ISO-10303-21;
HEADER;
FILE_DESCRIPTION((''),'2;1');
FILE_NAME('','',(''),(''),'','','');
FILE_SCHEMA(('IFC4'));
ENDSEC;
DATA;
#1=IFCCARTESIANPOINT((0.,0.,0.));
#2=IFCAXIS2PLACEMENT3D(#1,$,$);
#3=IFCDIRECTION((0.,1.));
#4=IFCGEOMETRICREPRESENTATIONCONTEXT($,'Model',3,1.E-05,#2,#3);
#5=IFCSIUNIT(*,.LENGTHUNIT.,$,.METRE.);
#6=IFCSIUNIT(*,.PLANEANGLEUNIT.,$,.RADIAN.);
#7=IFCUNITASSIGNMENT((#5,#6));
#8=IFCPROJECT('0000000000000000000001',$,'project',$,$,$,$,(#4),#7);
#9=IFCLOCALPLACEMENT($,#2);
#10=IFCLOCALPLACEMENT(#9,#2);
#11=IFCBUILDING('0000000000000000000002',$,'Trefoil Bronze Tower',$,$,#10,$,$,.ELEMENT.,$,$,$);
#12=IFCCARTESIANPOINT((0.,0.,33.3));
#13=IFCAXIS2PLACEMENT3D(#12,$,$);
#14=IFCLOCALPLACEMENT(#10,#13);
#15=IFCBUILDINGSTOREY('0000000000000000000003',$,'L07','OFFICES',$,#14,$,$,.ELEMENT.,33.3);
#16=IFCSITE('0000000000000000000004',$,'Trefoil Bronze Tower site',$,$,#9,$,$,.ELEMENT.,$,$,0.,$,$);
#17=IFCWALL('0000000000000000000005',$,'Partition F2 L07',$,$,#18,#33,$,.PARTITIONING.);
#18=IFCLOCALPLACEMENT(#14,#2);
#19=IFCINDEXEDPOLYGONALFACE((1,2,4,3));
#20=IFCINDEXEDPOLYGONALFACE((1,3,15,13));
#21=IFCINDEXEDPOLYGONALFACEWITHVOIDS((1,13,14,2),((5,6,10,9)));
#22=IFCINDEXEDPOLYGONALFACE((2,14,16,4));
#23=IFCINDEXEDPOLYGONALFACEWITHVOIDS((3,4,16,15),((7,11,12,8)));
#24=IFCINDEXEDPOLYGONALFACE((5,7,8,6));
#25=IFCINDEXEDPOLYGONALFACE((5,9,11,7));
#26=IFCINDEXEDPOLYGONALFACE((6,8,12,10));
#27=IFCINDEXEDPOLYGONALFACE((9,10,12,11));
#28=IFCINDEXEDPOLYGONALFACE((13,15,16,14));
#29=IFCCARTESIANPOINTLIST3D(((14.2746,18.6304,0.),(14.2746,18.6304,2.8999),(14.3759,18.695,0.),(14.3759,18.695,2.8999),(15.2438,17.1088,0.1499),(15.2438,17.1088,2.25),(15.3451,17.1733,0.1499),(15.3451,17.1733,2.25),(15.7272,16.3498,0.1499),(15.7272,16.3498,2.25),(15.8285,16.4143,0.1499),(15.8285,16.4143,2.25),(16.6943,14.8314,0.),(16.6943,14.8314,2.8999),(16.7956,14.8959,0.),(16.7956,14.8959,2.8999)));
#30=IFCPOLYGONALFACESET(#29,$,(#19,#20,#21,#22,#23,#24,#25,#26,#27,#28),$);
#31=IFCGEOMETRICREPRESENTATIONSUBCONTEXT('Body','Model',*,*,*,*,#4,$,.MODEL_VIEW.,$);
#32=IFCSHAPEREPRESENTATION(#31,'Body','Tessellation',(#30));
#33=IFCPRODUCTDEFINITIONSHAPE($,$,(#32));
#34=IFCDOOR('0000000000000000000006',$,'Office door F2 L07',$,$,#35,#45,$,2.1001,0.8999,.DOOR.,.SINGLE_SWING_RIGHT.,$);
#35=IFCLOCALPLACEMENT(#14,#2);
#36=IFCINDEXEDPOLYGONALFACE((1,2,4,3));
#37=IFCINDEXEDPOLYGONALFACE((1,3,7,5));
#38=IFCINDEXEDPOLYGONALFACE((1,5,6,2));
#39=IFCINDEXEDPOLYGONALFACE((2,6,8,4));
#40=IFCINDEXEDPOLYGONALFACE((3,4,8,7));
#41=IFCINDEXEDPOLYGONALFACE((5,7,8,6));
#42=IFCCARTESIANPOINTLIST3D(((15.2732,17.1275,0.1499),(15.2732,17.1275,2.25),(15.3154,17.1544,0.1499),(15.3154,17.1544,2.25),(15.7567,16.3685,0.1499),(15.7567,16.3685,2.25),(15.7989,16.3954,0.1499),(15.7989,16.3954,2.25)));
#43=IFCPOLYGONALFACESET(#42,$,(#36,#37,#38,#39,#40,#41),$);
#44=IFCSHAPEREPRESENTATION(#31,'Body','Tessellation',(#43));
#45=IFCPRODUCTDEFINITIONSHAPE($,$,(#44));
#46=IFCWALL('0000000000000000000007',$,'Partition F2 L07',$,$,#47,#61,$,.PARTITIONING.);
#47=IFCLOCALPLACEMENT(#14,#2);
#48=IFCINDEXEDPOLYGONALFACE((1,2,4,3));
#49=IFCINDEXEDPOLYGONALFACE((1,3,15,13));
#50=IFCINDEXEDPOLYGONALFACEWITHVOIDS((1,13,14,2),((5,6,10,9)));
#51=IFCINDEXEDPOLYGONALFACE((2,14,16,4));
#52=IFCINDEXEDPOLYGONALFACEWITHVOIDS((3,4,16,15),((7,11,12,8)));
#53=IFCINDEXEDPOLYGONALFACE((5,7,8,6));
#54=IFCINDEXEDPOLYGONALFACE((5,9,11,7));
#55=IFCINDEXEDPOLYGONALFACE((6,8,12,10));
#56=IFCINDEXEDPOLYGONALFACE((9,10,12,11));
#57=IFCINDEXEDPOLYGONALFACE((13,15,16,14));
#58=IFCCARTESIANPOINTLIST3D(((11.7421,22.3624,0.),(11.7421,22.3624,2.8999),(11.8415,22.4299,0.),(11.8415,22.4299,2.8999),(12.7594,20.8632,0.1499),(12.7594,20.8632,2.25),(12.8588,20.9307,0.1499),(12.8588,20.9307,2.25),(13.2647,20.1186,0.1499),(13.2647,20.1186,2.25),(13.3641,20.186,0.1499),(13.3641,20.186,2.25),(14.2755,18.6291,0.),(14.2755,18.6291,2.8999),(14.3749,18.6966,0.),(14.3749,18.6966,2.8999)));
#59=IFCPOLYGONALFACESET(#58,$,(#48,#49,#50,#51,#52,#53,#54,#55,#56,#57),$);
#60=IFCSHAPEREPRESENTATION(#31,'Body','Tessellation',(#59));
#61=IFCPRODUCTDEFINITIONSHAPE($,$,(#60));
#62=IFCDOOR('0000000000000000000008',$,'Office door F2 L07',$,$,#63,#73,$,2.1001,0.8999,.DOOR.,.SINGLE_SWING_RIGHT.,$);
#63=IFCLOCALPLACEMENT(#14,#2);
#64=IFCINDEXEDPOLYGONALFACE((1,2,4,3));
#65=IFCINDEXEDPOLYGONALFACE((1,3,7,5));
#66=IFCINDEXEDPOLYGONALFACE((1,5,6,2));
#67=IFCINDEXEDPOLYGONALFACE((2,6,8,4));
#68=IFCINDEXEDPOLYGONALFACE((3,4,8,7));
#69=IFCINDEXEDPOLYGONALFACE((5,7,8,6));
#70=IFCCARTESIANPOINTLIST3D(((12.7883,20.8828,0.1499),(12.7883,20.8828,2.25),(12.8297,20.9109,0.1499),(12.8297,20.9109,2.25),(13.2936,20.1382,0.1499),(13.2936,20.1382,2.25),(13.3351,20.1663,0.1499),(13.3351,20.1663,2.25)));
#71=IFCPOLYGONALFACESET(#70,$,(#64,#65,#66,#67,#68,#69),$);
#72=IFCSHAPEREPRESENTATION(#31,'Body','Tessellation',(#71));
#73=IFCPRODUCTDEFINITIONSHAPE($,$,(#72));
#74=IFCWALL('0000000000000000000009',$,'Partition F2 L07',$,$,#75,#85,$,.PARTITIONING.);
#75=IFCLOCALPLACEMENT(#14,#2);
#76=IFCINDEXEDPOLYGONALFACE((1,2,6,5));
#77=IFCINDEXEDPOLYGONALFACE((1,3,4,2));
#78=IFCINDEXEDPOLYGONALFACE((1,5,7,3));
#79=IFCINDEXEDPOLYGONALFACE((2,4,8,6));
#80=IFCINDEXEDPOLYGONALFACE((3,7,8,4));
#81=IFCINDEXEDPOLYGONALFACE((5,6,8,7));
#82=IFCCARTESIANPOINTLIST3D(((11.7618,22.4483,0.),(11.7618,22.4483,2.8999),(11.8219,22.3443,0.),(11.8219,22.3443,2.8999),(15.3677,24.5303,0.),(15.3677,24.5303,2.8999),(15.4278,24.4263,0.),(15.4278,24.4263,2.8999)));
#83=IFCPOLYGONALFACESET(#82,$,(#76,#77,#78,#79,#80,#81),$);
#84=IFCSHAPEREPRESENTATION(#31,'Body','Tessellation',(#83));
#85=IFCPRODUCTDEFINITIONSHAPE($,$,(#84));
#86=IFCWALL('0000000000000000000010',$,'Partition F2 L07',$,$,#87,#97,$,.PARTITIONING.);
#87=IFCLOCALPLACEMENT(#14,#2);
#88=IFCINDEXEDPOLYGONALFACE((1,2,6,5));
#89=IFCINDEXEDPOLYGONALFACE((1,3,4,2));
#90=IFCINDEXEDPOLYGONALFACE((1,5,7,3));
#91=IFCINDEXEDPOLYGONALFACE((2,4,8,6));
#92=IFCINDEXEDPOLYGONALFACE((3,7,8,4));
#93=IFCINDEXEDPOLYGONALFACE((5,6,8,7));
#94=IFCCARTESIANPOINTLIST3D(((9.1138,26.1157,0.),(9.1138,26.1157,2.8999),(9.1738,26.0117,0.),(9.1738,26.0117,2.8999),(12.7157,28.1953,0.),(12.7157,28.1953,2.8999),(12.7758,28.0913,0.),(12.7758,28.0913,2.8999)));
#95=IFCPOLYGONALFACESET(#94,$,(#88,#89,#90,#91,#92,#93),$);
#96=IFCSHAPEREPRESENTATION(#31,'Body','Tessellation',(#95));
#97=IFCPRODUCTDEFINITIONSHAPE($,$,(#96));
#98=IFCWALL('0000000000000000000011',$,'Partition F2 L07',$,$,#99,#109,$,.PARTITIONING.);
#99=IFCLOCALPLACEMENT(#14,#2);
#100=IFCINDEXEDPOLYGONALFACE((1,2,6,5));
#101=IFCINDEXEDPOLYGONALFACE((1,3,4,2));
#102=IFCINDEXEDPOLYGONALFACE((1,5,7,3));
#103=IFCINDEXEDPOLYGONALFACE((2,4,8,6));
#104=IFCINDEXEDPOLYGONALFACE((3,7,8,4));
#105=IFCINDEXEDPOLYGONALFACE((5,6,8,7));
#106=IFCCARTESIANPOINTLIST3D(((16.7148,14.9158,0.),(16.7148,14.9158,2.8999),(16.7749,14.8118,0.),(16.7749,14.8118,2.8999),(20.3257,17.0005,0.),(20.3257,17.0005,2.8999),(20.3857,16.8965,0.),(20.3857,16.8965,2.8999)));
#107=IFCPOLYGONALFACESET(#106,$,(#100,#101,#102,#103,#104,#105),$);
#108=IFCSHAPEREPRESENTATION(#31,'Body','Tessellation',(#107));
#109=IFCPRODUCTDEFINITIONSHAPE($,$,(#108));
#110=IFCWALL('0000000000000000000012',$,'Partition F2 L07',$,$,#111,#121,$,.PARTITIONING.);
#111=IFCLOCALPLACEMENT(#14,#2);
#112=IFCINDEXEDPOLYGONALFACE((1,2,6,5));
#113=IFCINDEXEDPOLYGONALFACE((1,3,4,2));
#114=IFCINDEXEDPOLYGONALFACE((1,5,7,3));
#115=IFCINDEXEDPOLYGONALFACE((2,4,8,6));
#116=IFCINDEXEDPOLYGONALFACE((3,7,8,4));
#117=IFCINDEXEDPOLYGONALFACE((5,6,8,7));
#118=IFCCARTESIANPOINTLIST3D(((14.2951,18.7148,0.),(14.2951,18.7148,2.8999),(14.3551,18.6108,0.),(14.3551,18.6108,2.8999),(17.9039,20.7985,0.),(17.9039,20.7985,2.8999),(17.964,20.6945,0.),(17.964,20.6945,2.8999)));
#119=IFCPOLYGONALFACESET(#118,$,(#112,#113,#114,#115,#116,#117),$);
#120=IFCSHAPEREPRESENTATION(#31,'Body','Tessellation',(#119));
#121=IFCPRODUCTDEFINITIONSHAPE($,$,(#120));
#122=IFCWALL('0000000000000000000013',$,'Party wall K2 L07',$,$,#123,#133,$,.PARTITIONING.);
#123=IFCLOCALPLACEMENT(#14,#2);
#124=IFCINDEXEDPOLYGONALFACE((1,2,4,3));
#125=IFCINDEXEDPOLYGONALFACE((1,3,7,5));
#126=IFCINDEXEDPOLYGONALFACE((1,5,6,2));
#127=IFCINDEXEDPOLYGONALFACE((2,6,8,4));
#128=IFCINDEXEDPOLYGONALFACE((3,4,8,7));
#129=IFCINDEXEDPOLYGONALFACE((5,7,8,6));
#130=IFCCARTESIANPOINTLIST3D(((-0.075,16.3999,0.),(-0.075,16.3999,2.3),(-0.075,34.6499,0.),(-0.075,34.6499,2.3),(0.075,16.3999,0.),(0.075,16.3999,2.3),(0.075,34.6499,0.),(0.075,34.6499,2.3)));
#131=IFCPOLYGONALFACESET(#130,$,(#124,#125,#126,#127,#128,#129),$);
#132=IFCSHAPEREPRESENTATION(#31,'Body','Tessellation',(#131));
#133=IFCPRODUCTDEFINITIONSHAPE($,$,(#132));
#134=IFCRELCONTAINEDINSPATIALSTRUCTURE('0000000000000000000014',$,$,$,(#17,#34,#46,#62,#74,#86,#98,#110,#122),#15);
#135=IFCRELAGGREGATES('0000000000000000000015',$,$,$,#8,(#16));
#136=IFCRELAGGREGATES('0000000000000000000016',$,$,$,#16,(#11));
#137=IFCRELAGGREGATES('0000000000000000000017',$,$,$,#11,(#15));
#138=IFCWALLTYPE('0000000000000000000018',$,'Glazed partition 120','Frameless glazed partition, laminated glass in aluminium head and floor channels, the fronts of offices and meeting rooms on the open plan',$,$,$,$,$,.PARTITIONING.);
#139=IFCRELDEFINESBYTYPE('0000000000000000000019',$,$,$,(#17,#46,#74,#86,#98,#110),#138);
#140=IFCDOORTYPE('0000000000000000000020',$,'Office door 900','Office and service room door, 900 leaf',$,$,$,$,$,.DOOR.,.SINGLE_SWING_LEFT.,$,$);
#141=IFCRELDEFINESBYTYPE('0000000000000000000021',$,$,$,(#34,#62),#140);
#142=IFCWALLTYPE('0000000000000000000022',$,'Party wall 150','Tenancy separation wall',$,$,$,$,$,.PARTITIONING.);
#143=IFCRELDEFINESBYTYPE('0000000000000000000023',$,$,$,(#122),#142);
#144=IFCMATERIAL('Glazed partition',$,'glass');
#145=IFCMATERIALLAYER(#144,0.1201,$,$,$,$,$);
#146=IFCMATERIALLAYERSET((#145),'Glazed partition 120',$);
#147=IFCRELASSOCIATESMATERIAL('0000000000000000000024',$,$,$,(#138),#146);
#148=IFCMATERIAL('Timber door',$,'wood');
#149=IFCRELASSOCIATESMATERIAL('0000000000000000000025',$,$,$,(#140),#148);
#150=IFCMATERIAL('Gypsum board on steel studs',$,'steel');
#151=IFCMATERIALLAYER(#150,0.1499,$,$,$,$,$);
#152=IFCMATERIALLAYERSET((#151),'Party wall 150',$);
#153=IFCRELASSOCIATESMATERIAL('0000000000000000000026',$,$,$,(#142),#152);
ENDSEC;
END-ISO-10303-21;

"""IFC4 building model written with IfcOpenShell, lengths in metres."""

from ifc_helpers import new_model, si_unit, direction, frame, frame_2d, origin, place, context, subcontext, project, spatial, rectangle, extrude, material, layer, layer_set, type_object, element, fill, save


model = new_model("IFC4")

# Units and contexts
model_context = context("Model", 3, precision=1e-05, world=origin(), true_north=direction((0.0, 1.0)))
body_context = subcontext(model_context, "Body", "Model", "MODEL_VIEW")
ifc_project = project(units=[si_unit("LENGTHUNIT", "METRE"), si_unit("PLANEANGLEUNIT", "RADIAN")], contexts=[model_context])

# Site, building, storey
site_placement = place(None, origin())
site = spatial("IfcSite", under=ifc_project, at=site_placement, Name="Trefoil Bronze Tower site", CompositionType="ELEMENT", RefElevation=0.0)
building_placement = place(site_placement, origin())
building = spatial("IfcBuilding", under=site, at=building_placement, Name="Trefoil Bronze Tower", CompositionType="ELEMENT")
storey_placement = place(building_placement, frame((0.0, 0.0, 33.3)))
storey = spatial("IfcBuildingStorey", under=building, at=storey_placement, Name="L07", Description="OFFICES", CompositionType="ELEMENT", Elevation=33.3)

# Shared definitions
ifc_material_1 = material(Name="Glazed partition", Category="glass")
ifc_layer_1 = layer(ifc_material_1, 0.1201)
ifc_layer_set_1 = layer_set([ifc_layer_1], Name="Glazed partition 120")
wall_type_1 = type_object("IfcWallType", Name="Glazed partition 120", Description="Frameless glazed partition, laminated glass in aluminium head and floor channels, the fronts of offices and meeting rooms on the open plan", PredefinedType="PARTITIONING", material=ifc_layer_set_1)

# Walls, openings, doors
ifc_material_2 = material(Name="Timber door", Category="wood")
door_type = type_object("IfcDoorType", Name="Office door 900", Description="Office and service room door, 900 leaf", OperationType="SINGLE_SWING_LEFT", PredefinedType="DOOR", material=ifc_material_2)
wall_1_placement = place(storey_placement, frame((16.7449, 14.8638, 0.0), z_axis=(0.0, 0.0, 1.0), x_axis=(-0.537205, 0.843452, 0.0)))
wall_1 = element("IfcWall", 1, at=wall_1_placement, inside=storey, type_object=wall_type_1, Name="Partition F2 L07", PredefinedType="PARTITIONING", context=body_context, shape_type="SweptSolid", body=[
    extrude(rectangle(XDim=4.5042, YDim=0.1201, at=frame_2d((2.252, 0.0))), origin(), (0.0, 0.0, 1.0), 2.8999),
])
opening_1_placement = place(wall_1_placement, frame((1.8, 0.0, 0.1499)))
opening_1 = element("IfcOpeningElement", 2, at=opening_1_placement, cuts=wall_1, PredefinedType="OPENING", context=body_context, shape_type="SweptSolid", body=[
    extrude(rectangle(XDim=0.8999, YDim=2.1001, at=frame_2d((0.45, 1.05))), frame((0.0, 0.0701, 0.0), z_axis=(0.0, -1.0, 0.0), x_axis=(1.0, 0.0, 0.0)), (0.0, 0.0, 1.0), 0.1401),
])
door_1_placement = place(opening_1_placement, frame((0.8999, 0.0, 0.0), z_axis=(0.0, 0.0, 1.0), x_axis=(-1.0, 0.0, 0.0)))
door_1 = element("IfcDoor", 3, at=door_1_placement, inside=storey, type_object=door_type, Name="Office door F2 L07", OperationType="SINGLE_SWING_RIGHT", OverallHeight=2.1001, OverallWidth=0.8999, PredefinedType="DOOR", context=body_context, shape_type="SweptSolid", body=[
    extrude(rectangle(XDim=0.8999, YDim=2.1001, at=frame_2d((0.45, 1.05))), frame((0.0, 0.0249, 0.0), z_axis=(0.0, -1.0, 0.0), x_axis=(1.0, 0.0, 0.0)), (0.0, 0.0, 1.0), 0.05),
])
fill(opening_1, door_1)
wall_2_placement = place(storey_placement, frame((14.3252, 18.6628, 0.0), z_axis=(0.0, 0.0, 1.0), x_axis=(-0.561512, 0.827469, 0.0)))
wall_2 = element("IfcWall", 4, at=wall_2_placement, inside=storey, type_object=wall_type_1, Name="Partition F2 L07", PredefinedType="PARTITIONING", context=body_context, shape_type="SweptSolid", body=[
    extrude(rectangle(XDim=4.5117, YDim=0.1201, at=frame_2d((2.2559, 0.0))), origin(), (0.0, 0.0, 1.0), 2.8999),
])
opening_2_placement = place(wall_2_placement, frame((1.8, 0.0, 0.1499)))
opening_2 = element("IfcOpeningElement", 5, at=opening_2_placement, cuts=wall_2, PredefinedType="OPENING", context=body_context, shape_type="SweptSolid", body=[
    extrude(rectangle(XDim=0.8999, YDim=2.1001, at=frame_2d((0.45, 1.05))), frame((0.0, 0.0701, 0.0), z_axis=(0.0, -1.0, 0.0), x_axis=(1.0, 0.0, 0.0)), (0.0, 0.0, 1.0), 0.1401),
])
door_2_placement = place(opening_2_placement, frame((0.8999, 0.0, 0.0), z_axis=(0.0, 0.0, 1.0), x_axis=(-1.0, 0.0, 0.0)))
door_2 = element("IfcDoor", 6, at=door_2_placement, inside=storey, type_object=door_type, Name="Office door F2 L07", OperationType="SINGLE_SWING_RIGHT", OverallHeight=2.1001, OverallWidth=0.8999, PredefinedType="DOOR", context=body_context, shape_type="SweptSolid", body=[
    extrude(rectangle(XDim=0.8999, YDim=2.1001, at=frame_2d((0.45, 1.05))), frame((0.0, 0.0249, 0.0), z_axis=(0.0, -1.0, 0.0), x_axis=(1.0, 0.0, 0.0)), (0.0, 0.0, 1.0), 0.05),
])
fill(opening_2, door_2)

# Walls
wall_3_placement = place(storey_placement, frame((11.7917, 22.3962, 0.0), z_axis=(0.0, 0.0, 1.0), x_axis=(0.866012, 0.500024, 0.0)))
element("IfcWall", 7, at=wall_3_placement, inside=storey, type_object=wall_type_1, Name="Partition F2 L07", PredefinedType="PARTITIONING", context=body_context, shape_type="SweptSolid", body=[
    extrude(rectangle(XDim=4.1638, YDim=0.1201, at=frame_2d((2.082, 0.0))), origin(), (0.0, 0.0, 1.0), 2.8999),
])
wall_4_placement = place(storey_placement, frame((9.1438, 26.0637, 0.0), z_axis=(0.0, 0.0, 1.0), x_axis=(0.866031, 0.49999, 0.0)))
element("IfcWall", 8, at=wall_4_placement, inside=storey, type_object=wall_type_1, Name="Partition F2 L07", PredefinedType="PARTITIONING", context=body_context, shape_type="SweptSolid", body=[
    extrude(rectangle(XDim=4.1592, YDim=0.1201, at=frame_2d((2.0796, 0.0))), origin(), (0.0, 0.0, 1.0), 2.8999),
])
wall_5_placement = place(storey_placement, frame((16.7449, 14.8638, 0.0), z_axis=(0.0, 0.0, 1.0), x_axis=(0.866026, 0.5, 0.0)))
element("IfcWall", 9, at=wall_5_placement, inside=storey, type_object=wall_type_1, Name="Partition F2 L07", PredefinedType="PARTITIONING", context=body_context, shape_type="SweptSolid", body=[
    extrude(rectangle(XDim=4.1694, YDim=0.1201, at=frame_2d((2.0847, 0.0))), origin(), (0.0, 0.0, 1.0), 2.8999),
])
wall_6_placement = place(storey_placement, frame((14.3252, 18.6628, 0.0), z_axis=(0.0, 0.0, 1.0), x_axis=(0.86601, 0.500027, 0.0)))
element("IfcWall", 10, at=wall_6_placement, inside=storey, type_object=wall_type_1, Name="Partition F2 L07", PredefinedType="PARTITIONING", context=body_context, shape_type="SweptSolid", body=[
    extrude(rectangle(XDim=4.1672, YDim=0.1201, at=frame_2d((2.0835, 0.0))), origin(), (0.0, 0.0, 1.0), 2.8999),
])
ifc_material_3 = material(Name="Gypsum board on steel studs", Category="steel")
ifc_layer_2 = layer(ifc_material_3, 0.1499)
ifc_layer_set_2 = layer_set([ifc_layer_2], Name="Party wall 150")
wall_type_2 = type_object("IfcWallType", Name="Party wall 150", Description="Tenancy separation wall", PredefinedType="PARTITIONING", material=ifc_layer_set_2)
wall_7_placement = place(storey_placement, frame((0.0, 16.3999, 0.0), z_axis=(0.0, 0.0, 1.0), x_axis=(0.0, 1.0, 0.0)))
element("IfcWall", 11, at=wall_7_placement, inside=storey, type_object=wall_type_2, Name="Party wall K2 L07", PredefinedType="PARTITIONING", context=body_context, shape_type="SweptSolid", body=[
    extrude(rectangle(XDim=18.25, YDim=0.1499, at=frame_2d((9.125, 0.0))), origin(), (0.0, 0.0, 1.0), 2.3),
])

save(model, "model.ifc")
